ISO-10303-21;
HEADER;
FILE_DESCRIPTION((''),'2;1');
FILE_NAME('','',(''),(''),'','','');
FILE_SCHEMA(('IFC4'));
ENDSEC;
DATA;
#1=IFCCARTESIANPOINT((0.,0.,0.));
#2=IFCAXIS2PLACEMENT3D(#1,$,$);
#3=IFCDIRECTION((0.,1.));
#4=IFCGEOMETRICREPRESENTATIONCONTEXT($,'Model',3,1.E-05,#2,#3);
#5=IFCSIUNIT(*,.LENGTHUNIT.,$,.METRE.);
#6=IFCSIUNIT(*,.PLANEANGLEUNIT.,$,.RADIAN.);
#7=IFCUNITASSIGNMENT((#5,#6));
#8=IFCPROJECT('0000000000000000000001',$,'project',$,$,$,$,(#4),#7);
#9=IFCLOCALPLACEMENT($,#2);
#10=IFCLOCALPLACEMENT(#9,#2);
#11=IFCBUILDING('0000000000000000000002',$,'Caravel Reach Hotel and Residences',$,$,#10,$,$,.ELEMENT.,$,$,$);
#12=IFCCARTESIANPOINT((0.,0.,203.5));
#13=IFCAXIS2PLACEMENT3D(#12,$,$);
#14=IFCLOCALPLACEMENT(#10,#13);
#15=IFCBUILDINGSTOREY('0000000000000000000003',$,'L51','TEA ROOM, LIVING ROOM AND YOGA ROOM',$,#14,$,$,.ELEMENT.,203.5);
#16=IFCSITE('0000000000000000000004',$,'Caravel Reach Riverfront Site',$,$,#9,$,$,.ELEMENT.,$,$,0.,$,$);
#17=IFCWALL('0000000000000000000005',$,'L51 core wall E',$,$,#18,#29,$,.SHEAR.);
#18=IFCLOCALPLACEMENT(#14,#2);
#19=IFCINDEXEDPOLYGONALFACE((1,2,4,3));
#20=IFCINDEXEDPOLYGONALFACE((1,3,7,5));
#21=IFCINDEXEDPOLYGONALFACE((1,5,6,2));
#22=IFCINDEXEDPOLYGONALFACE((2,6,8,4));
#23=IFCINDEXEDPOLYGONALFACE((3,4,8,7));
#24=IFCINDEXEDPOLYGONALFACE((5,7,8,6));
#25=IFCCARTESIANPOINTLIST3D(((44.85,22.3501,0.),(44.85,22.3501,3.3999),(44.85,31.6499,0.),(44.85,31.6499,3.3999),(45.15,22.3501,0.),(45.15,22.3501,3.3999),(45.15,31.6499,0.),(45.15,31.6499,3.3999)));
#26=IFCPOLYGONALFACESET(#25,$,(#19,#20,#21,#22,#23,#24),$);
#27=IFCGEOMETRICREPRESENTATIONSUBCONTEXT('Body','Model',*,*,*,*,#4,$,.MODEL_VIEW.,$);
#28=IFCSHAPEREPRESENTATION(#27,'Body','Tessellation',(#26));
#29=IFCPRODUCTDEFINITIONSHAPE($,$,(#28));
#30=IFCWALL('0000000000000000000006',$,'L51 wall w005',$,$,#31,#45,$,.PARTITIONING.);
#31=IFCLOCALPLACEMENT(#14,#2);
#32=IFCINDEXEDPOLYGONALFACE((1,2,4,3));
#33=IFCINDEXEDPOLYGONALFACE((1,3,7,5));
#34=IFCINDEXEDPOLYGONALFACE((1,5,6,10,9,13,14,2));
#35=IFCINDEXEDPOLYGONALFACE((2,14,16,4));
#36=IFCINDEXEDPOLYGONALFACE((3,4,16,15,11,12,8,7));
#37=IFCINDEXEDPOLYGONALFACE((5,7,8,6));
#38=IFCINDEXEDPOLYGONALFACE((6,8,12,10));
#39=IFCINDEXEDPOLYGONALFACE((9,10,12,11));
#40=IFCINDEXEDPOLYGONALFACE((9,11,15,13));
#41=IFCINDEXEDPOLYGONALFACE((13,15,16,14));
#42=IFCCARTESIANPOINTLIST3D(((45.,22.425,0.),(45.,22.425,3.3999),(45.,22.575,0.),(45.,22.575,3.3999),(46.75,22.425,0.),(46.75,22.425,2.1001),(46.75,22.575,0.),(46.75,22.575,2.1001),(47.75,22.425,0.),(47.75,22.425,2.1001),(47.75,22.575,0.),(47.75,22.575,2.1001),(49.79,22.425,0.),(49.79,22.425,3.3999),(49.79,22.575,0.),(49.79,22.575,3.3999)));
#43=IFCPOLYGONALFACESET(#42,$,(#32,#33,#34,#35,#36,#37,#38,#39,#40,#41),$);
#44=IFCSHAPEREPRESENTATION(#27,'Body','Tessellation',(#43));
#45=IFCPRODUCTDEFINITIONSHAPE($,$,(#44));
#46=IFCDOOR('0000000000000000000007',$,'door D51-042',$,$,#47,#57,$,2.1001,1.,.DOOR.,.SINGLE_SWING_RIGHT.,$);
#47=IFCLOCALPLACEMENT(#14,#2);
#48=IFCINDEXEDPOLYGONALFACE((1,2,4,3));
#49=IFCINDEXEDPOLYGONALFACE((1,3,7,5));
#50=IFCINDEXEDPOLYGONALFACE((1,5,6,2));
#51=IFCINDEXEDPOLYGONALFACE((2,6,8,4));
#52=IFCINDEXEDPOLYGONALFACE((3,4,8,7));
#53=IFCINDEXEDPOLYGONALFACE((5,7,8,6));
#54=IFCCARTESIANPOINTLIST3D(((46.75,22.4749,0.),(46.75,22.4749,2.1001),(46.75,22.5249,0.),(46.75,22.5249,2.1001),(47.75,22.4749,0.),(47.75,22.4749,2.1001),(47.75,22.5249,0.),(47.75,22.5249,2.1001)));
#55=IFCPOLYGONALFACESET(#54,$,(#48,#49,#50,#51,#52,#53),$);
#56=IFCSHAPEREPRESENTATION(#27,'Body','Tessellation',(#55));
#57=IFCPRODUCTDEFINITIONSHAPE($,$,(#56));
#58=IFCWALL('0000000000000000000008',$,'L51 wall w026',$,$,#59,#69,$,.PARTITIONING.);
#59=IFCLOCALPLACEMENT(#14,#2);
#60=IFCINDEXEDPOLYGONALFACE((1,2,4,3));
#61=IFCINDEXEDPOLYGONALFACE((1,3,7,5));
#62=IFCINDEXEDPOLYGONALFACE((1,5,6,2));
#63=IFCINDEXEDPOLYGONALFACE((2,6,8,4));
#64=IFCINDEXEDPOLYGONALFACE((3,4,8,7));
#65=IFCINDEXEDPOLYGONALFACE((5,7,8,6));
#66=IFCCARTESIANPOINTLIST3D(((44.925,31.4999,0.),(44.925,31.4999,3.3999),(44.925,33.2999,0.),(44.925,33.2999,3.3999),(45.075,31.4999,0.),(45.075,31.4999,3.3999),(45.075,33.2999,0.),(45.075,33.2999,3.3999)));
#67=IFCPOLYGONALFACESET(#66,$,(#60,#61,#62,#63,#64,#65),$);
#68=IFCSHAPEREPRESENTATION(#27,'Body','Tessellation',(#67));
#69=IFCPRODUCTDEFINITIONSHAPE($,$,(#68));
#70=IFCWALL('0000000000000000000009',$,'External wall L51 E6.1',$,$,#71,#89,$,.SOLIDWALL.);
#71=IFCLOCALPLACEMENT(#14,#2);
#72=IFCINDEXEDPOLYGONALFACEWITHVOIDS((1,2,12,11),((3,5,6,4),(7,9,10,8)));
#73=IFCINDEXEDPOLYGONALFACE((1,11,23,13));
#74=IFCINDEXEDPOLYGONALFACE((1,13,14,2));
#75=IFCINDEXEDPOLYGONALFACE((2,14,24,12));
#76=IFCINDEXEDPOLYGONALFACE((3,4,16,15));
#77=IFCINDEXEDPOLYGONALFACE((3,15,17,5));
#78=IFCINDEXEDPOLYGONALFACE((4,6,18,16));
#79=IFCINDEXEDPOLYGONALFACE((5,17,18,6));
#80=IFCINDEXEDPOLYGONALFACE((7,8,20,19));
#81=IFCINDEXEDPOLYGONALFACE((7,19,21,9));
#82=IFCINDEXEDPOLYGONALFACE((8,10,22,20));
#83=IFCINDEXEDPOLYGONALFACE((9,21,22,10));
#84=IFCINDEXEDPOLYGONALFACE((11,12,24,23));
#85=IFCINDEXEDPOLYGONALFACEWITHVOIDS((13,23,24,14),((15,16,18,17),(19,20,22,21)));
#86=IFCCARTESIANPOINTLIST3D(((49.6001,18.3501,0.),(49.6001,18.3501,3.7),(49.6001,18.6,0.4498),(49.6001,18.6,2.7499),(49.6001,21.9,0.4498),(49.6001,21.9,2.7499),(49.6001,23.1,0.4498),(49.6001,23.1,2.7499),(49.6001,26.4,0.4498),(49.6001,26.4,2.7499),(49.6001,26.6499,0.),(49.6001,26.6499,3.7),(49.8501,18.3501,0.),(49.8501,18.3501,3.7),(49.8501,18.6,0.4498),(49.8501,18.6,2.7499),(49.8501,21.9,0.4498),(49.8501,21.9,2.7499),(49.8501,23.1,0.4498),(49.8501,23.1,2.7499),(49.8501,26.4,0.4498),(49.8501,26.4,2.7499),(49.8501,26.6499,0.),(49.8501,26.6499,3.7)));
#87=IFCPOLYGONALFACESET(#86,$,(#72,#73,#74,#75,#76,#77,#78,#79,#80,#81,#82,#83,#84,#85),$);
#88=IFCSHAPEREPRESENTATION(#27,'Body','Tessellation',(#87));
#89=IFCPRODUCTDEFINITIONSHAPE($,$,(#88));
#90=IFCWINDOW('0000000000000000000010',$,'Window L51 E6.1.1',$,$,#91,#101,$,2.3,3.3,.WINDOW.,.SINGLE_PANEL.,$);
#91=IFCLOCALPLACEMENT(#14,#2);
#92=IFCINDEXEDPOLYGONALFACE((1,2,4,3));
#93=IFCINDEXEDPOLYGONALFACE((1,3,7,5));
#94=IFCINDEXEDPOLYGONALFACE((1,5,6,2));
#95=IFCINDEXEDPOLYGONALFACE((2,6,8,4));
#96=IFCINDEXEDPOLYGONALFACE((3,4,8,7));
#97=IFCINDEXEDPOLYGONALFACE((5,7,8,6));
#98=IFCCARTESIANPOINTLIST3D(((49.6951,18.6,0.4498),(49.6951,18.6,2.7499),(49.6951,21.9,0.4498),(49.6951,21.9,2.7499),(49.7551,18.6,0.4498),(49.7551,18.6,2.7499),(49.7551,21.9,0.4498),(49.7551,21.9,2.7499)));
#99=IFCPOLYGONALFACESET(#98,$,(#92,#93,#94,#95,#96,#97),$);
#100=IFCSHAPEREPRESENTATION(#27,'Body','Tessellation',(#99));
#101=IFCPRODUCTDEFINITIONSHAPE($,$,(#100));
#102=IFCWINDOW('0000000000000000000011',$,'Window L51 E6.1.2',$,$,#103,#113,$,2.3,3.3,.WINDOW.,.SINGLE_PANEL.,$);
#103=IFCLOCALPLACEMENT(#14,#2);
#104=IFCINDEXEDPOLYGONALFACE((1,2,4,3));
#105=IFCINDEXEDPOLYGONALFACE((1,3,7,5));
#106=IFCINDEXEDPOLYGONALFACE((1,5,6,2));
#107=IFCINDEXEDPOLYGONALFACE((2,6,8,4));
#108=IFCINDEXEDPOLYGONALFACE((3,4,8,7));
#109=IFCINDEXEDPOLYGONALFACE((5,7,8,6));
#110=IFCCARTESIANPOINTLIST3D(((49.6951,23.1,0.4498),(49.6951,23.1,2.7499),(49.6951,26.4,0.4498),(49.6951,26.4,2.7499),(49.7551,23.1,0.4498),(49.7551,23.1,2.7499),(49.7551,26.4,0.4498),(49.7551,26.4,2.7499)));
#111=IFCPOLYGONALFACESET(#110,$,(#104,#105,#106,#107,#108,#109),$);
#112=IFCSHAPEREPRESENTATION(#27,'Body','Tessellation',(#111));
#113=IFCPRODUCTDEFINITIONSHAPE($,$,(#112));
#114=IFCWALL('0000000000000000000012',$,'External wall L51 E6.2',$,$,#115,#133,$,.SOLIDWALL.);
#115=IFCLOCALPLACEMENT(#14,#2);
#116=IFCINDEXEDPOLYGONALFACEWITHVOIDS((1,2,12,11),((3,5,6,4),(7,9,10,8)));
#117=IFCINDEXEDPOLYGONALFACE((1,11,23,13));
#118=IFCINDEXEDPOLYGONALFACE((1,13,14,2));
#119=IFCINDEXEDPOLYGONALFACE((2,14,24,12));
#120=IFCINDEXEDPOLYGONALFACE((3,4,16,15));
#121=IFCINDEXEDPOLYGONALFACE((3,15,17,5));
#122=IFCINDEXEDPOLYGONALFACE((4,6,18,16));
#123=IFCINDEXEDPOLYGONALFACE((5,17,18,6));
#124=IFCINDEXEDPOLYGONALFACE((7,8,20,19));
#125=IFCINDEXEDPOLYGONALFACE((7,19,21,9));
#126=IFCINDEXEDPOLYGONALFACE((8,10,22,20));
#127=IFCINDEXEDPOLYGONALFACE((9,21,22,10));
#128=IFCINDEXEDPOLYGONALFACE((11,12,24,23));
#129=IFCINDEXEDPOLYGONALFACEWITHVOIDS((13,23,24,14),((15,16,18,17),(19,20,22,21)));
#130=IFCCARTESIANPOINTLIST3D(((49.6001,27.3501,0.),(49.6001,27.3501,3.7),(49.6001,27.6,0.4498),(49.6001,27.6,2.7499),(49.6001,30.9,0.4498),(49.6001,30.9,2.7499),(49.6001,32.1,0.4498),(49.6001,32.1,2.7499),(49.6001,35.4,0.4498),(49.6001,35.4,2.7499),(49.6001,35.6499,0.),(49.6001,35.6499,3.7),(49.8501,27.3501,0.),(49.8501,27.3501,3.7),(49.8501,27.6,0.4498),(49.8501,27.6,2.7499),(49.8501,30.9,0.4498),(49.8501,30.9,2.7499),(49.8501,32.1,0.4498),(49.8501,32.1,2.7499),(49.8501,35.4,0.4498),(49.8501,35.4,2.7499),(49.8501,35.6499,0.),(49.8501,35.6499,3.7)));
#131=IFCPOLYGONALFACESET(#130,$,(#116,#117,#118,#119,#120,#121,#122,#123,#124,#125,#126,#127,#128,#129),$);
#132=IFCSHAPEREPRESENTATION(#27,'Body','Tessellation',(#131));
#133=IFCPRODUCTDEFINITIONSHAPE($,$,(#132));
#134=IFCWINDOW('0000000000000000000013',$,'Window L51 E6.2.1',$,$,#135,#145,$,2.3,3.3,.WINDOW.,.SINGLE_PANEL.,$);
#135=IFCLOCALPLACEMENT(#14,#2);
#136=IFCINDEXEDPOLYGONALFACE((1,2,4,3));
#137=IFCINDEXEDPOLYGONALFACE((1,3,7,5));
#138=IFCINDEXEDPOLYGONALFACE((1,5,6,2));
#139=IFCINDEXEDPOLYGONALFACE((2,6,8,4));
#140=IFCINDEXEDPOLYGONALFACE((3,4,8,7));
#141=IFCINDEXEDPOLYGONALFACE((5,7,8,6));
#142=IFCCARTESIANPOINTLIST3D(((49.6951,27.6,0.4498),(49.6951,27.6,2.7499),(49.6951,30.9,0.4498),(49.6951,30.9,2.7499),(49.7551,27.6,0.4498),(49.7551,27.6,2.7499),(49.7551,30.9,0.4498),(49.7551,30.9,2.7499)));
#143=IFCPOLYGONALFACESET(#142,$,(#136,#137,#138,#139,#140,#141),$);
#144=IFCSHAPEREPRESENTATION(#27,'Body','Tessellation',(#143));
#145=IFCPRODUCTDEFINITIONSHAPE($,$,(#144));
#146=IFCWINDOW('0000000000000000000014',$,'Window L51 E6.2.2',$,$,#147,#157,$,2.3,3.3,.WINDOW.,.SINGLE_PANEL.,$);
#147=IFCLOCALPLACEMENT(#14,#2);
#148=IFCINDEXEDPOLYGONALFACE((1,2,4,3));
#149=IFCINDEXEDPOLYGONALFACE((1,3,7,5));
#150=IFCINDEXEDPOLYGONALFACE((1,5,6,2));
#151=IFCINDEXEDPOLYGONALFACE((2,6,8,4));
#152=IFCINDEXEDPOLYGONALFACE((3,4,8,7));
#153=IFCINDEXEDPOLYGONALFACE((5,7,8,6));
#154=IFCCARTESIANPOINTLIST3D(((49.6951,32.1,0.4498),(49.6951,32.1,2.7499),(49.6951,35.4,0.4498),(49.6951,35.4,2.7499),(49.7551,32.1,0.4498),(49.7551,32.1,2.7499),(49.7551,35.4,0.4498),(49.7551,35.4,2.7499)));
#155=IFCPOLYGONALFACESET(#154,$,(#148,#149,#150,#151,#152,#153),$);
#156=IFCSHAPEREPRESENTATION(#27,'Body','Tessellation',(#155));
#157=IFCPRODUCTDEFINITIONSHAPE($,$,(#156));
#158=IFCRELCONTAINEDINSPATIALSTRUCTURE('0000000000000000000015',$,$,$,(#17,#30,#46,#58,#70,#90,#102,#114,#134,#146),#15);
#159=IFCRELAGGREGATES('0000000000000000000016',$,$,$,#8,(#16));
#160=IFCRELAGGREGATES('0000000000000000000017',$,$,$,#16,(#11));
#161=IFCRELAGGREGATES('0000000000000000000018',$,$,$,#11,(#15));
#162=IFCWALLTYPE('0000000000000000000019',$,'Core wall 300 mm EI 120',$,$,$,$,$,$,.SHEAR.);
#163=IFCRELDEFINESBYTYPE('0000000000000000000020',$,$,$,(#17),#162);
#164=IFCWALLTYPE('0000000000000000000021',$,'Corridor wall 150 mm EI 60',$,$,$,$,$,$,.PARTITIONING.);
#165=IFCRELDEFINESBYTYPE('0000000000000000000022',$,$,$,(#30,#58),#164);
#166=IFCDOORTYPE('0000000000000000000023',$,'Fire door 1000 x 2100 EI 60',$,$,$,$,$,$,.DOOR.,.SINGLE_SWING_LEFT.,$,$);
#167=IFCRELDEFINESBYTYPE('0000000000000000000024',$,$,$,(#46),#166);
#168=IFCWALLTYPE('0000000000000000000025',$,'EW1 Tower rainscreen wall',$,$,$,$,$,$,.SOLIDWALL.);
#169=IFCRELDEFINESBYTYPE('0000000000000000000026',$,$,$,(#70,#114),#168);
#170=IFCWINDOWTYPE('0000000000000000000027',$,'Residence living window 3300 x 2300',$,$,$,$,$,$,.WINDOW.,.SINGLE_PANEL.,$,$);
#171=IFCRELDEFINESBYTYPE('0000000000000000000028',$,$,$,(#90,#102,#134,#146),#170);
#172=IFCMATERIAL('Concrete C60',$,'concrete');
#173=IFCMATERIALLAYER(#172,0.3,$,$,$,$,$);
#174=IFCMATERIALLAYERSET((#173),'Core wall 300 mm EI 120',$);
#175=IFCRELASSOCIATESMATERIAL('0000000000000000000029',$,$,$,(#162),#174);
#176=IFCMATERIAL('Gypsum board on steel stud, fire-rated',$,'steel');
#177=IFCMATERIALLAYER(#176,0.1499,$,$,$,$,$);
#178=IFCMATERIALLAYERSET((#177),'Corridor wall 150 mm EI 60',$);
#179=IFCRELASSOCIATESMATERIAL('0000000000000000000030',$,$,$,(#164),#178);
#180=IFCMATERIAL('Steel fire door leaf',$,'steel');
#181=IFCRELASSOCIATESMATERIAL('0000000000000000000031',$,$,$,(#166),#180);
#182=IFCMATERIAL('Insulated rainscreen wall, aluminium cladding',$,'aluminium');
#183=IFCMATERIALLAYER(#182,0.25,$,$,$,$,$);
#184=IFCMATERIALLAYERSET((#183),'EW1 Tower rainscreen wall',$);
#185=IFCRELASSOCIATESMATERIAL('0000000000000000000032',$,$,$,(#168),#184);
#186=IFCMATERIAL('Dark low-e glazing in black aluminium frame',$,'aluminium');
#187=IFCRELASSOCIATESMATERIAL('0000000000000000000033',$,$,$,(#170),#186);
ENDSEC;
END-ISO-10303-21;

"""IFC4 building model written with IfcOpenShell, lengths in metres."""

from ifc_helpers import new_model, si_unit, direction, frame, frame_2d, origin, place, context, subcontext, project, spatial, rectangle, extrude, material, layer, layer_set, type_object, element, fill, save


model = new_model("IFC4")

# Units and contexts
model_context = context("Model", 3, precision=1e-05, world=origin(), true_north=direction((0.0, 1.0)))
body_context = subcontext(model_context, "Body", "Model", "MODEL_VIEW")
ifc_project = project(units=[si_unit("LENGTHUNIT", "METRE"), si_unit("PLANEANGLEUNIT", "RADIAN")], contexts=[model_context])

# Site, building, storey
site_placement = place(None, origin())
site = spatial("IfcSite", under=ifc_project, at=site_placement, Name="Caravel Reach Riverfront Site", CompositionType="ELEMENT", RefElevation=0.0)
building_placement = place(site_placement, origin())
building = spatial("IfcBuilding", under=site, at=building_placement, Name="Caravel Reach Hotel and Residences", CompositionType="ELEMENT")
storey_placement = place(building_placement, frame((0.0, 0.0, 203.5)))
storey = spatial("IfcBuildingStorey", under=building, at=storey_placement, Name="L51", Description="TEA ROOM, LIVING ROOM AND YOGA ROOM", CompositionType="ELEMENT", Elevation=203.5)

# Wall
ifc_material_1 = material(Name="Concrete C60", Category="concrete")
ifc_layer_1 = layer(ifc_material_1, 0.3)
ifc_layer_set_1 = layer_set([ifc_layer_1], Name="Core wall 300 mm EI 120")
wall_type_1 = type_object("IfcWallType", Name="Core wall 300 mm EI 120", PredefinedType="SHEAR", material=ifc_layer_set_1)
wall_1_placement = place(storey_placement, frame((45.0, 22.3501, 0.0), z_axis=(0.0, 0.0, 1.0), x_axis=(0.0, 1.0, 0.0)))
element("IfcWall", 1, at=wall_1_placement, inside=storey, type_object=wall_type_1, Name="L51 core wall E", PredefinedType="SHEAR", context=body_context, shape_type="SweptSolid", body=[
    extrude(rectangle(XDim=9.2998, YDim=0.3, at=frame_2d((4.6499, 0.0))), origin(), (0.0, 0.0, 1.0), 3.3999),
])

# Wall, opening, door
ifc_material_2 = material(Name="Gypsum board on steel stud, fire-rated", Category="steel")
ifc_layer_2 = layer(ifc_material_2, 0.1499)
ifc_layer_set_2 = layer_set([ifc_layer_2], Name="Corridor wall 150 mm EI 60")
wall_type_2 = type_object("IfcWallType", Name="Corridor wall 150 mm EI 60", PredefinedType="PARTITIONING", material=ifc_layer_set_2)
wall_2_placement = place(storey_placement, frame((45.0, 22.5, 0.0), z_axis=(0.0, 0.0, 1.0), x_axis=(1.0, 0.0, 0.0)))
wall_2 = element("IfcWall", 2, at=wall_2_placement, inside=storey, type_object=wall_type_2, Name="L51 wall w005", PredefinedType="PARTITIONING", context=body_context, shape_type="SweptSolid", body=[
    extrude(rectangle(XDim=4.79, YDim=0.1499, at=frame_2d((2.395, 0.0))), origin(), (0.0, 0.0, 1.0), 3.3999),
])
opening_1_placement = place(wall_2_placement, frame((1.75, 0.0, 0.0)))
opening_1 = element("IfcOpeningElement", 3, at=opening_1_placement, cuts=wall_2, PredefinedType="OPENING", context=body_context, shape_type="SweptSolid", body=[
    extrude(rectangle(XDim=1.0, YDim=2.1001, at=frame_2d((0.5, 1.05))), frame((0.0, 0.085, 0.0), z_axis=(0.0, -1.0, 0.0), x_axis=(1.0, 0.0, 0.0)), (0.0, 0.0, 1.0), 0.1699),
])
ifc_material_3 = material(Name="Steel fire door leaf", Category="steel")
door_type = type_object("IfcDoorType", Name="Fire door 1000 x 2100 EI 60", OperationType="SINGLE_SWING_LEFT", PredefinedType="DOOR", material=ifc_material_3)
door_placement = place(opening_1_placement, origin())
door = element("IfcDoor", 4, at=door_placement, inside=storey, type_object=door_type, Name="door D51-042", OperationType="SINGLE_SWING_RIGHT", OverallHeight=2.1001, OverallWidth=1.0, PredefinedType="DOOR", context=body_context, shape_type="SweptSolid", body=[
    extrude(rectangle(XDim=1.0, YDim=2.1001, at=frame_2d((0.5, 1.05))), frame((0.0, 0.0249, 0.0), z_axis=(0.0, -1.0, 0.0), x_axis=(1.0, 0.0, 0.0)), (0.0, 0.0, 1.0), 0.05),
])
fill(opening_1, door)

# Wall
wall_3_placement = place(storey_placement, frame((45.0, 31.5, 0.0), z_axis=(0.0, 0.0, 1.0), x_axis=(0.0, 1.0, 0.0)))
element("IfcWall", 5, at=wall_3_placement, inside=storey, type_object=wall_type_2, Name="L51 wall w026", PredefinedType="PARTITIONING", context=body_context, shape_type="SweptSolid", body=[
    extrude(rectangle(XDim=1.8, YDim=0.1499, at=frame_2d((0.8999, 0.0))), origin(), (0.0, 0.0, 1.0), 3.3999),
])

# Walls, openings, windows
ifc_material_4 = material(Name="Insulated rainscreen wall, aluminium cladding", Category="aluminium")
ifc_layer_3 = layer(ifc_material_4, 0.25)
ifc_layer_set_3 = layer_set([ifc_layer_3], Name="EW1 Tower rainscreen wall")
wall_type_3 = type_object("IfcWallType", Name="EW1 Tower rainscreen wall", PredefinedType="SOLIDWALL", material=ifc_layer_set_3)
wall_4_placement = place(storey_placement, frame((49.7251, 18.3501, 0.0), z_axis=(0.0, 0.0, 1.0), x_axis=(0.0, 1.0, 0.0)))
wall_4 = element("IfcWall", 6, at=wall_4_placement, inside=storey, type_object=wall_type_3, Name="External wall L51 E6.1", PredefinedType="SOLIDWALL", context=body_context, shape_type="SweptSolid", body=[
    extrude(rectangle(XDim=8.2998, YDim=0.25, at=frame_2d((4.1499, 0.0))), origin(), (0.0, 0.0, 1.0), 3.7),
])
opening_2_placement = place(wall_4_placement, frame((0.25, 0.0, 0.45)))
opening_2 = element("IfcOpeningElement", 7, at=opening_2_placement, cuts=wall_4, PredefinedType="OPENING", context=body_context, shape_type="SweptSolid", body=[
    extrude(rectangle(XDim=3.3, YDim=2.3, at=frame_2d((1.6499, 1.1499))), frame((0.0, 0.135, 0.0), z_axis=(0.0, -1.0, 0.0), x_axis=(1.0, 0.0, 0.0)), (0.0, 0.0, 1.0), 0.27),
])
opening_3_placement = place(wall_4_placement, frame((4.75, 0.0, 0.45)))
opening_3 = element("IfcOpeningElement", 8, at=opening_3_placement, cuts=wall_4, PredefinedType="OPENING", context=body_context, shape_type="SweptSolid", body=[
    extrude(rectangle(XDim=3.3, YDim=2.3, at=frame_2d((1.6499, 1.1499))), frame((0.0, 0.135, 0.0), z_axis=(0.0, -1.0, 0.0), x_axis=(1.0, 0.0, 0.0)), (0.0, 0.0, 1.0), 0.27),
])
ifc_material_5 = material(Name="Dark low-e glazing in black aluminium frame", Category="aluminium")
window_type = type_object("IfcWindowType", Name="Residence living window 3300 x 2300", PartitioningType="SINGLE_PANEL", PredefinedType="WINDOW", material=ifc_material_5)
window_1_placement = place(opening_2_placement, origin())
window_1 = element("IfcWindow", 9, at=window_1_placement, inside=storey, type_object=window_type, Name="Window L51 E6.1.1", OverallHeight=2.3, OverallWidth=3.3, PartitioningType="SINGLE_PANEL", PredefinedType="WINDOW", context=body_context, shape_type="SweptSolid", body=[
    extrude(rectangle(XDim=3.3, YDim=2.3, at=frame_2d((1.6499, 1.1499))), frame((0.0, 0.03, 0.0), z_axis=(0.0, -1.0, 0.0), x_axis=(1.0, 0.0, 0.0)), (0.0, 0.0, 1.0), 0.0601),
])
fill(opening_2, window_1)
window_2_placement = place(opening_3_placement, origin())
window_2 = element("IfcWindow", 10, at=window_2_placement, inside=storey, type_object=window_type, Name="Window L51 E6.1.2", OverallHeight=2.3, OverallWidth=3.3, PartitioningType="SINGLE_PANEL", PredefinedType="WINDOW", context=body_context, shape_type="SweptSolid", body=[
    extrude(rectangle(XDim=3.3, YDim=2.3, at=frame_2d((1.6499, 1.1499))), frame((0.0, 0.03, 0.0), z_axis=(0.0, -1.0, 0.0), x_axis=(1.0, 0.0, 0.0)), (0.0, 0.0, 1.0), 0.0601),
])
fill(opening_3, window_2)
wall_5_placement = place(storey_placement, frame((49.7251, 27.3501, 0.0), z_axis=(0.0, 0.0, 1.0), x_axis=(0.0, 1.0, 0.0)))
wall_5 = element("IfcWall", 11, at=wall_5_placement, inside=storey, type_object=wall_type_3, Name="External wall L51 E6.2", PredefinedType="SOLIDWALL", context=body_context, shape_type="SweptSolid", body=[
    extrude(rectangle(XDim=8.2998, YDim=0.25, at=frame_2d((4.1499, 0.0))), origin(), (0.0, 0.0, 1.0), 3.7),
])
opening_4_placement = place(wall_5_placement, frame((0.25, 0.0, 0.45)))
opening_4 = element("IfcOpeningElement", 12, at=opening_4_placement, cuts=wall_5, PredefinedType="OPENING", context=body_context, shape_type="SweptSolid", body=[
    extrude(rectangle(XDim=3.3, YDim=2.3, at=frame_2d((1.6499, 1.1499))), frame((0.0, 0.135, 0.0), z_axis=(0.0, -1.0, 0.0), x_axis=(1.0, 0.0, 0.0)), (0.0, 0.0, 1.0), 0.27),
])
opening_5_placement = place(wall_5_placement, frame((4.75, 0.0, 0.45)))
opening_5 = element("IfcOpeningElement", 13, at=opening_5_placement, cuts=wall_5, PredefinedType="OPENING", context=body_context, shape_type="SweptSolid", body=[
    extrude(rectangle(XDim=3.3, YDim=2.3, at=frame_2d((1.6499, 1.1499))), frame((0.0, 0.135, 0.0), z_axis=(0.0, -1.0, 0.0), x_axis=(1.0, 0.0, 0.0)), (0.0, 0.0, 1.0), 0.27),
])
window_3_placement = place(opening_4_placement, origin())
window_3 = element("IfcWindow", 14, at=window_3_placement, inside=storey, type_object=window_type, Name="Window L51 E6.2.1", OverallHeight=2.3, OverallWidth=3.3, PartitioningType="SINGLE_PANEL", PredefinedType="WINDOW", context=body_context, shape_type="SweptSolid", body=[
    extrude(rectangle(XDim=3.3, YDim=2.3, at=frame_2d((1.6499, 1.1499))), frame((0.0, 0.03, 0.0), z_axis=(0.0, -1.0, 0.0), x_axis=(1.0, 0.0, 0.0)), (0.0, 0.0, 1.0), 0.0601),
])
fill(opening_4, window_3)
window_4_placement = place(opening_5_placement, origin())
window_4 = element("IfcWindow", 15, at=window_4_placement, inside=storey, type_object=window_type, Name="Window L51 E6.2.2", OverallHeight=2.3, OverallWidth=3.3, PartitioningType="SINGLE_PANEL", PredefinedType="WINDOW", context=body_context, shape_type="SweptSolid", body=[
    extrude(rectangle(XDim=3.3, YDim=2.3, at=frame_2d((1.6499, 1.1499))), frame((0.0, 0.03, 0.0), z_axis=(0.0, -1.0, 0.0), x_axis=(1.0, 0.0, 0.0)), (0.0, 0.0, 1.0), 0.0601),
])
fill(opening_5, window_4)

save(model, "model.ifc")
